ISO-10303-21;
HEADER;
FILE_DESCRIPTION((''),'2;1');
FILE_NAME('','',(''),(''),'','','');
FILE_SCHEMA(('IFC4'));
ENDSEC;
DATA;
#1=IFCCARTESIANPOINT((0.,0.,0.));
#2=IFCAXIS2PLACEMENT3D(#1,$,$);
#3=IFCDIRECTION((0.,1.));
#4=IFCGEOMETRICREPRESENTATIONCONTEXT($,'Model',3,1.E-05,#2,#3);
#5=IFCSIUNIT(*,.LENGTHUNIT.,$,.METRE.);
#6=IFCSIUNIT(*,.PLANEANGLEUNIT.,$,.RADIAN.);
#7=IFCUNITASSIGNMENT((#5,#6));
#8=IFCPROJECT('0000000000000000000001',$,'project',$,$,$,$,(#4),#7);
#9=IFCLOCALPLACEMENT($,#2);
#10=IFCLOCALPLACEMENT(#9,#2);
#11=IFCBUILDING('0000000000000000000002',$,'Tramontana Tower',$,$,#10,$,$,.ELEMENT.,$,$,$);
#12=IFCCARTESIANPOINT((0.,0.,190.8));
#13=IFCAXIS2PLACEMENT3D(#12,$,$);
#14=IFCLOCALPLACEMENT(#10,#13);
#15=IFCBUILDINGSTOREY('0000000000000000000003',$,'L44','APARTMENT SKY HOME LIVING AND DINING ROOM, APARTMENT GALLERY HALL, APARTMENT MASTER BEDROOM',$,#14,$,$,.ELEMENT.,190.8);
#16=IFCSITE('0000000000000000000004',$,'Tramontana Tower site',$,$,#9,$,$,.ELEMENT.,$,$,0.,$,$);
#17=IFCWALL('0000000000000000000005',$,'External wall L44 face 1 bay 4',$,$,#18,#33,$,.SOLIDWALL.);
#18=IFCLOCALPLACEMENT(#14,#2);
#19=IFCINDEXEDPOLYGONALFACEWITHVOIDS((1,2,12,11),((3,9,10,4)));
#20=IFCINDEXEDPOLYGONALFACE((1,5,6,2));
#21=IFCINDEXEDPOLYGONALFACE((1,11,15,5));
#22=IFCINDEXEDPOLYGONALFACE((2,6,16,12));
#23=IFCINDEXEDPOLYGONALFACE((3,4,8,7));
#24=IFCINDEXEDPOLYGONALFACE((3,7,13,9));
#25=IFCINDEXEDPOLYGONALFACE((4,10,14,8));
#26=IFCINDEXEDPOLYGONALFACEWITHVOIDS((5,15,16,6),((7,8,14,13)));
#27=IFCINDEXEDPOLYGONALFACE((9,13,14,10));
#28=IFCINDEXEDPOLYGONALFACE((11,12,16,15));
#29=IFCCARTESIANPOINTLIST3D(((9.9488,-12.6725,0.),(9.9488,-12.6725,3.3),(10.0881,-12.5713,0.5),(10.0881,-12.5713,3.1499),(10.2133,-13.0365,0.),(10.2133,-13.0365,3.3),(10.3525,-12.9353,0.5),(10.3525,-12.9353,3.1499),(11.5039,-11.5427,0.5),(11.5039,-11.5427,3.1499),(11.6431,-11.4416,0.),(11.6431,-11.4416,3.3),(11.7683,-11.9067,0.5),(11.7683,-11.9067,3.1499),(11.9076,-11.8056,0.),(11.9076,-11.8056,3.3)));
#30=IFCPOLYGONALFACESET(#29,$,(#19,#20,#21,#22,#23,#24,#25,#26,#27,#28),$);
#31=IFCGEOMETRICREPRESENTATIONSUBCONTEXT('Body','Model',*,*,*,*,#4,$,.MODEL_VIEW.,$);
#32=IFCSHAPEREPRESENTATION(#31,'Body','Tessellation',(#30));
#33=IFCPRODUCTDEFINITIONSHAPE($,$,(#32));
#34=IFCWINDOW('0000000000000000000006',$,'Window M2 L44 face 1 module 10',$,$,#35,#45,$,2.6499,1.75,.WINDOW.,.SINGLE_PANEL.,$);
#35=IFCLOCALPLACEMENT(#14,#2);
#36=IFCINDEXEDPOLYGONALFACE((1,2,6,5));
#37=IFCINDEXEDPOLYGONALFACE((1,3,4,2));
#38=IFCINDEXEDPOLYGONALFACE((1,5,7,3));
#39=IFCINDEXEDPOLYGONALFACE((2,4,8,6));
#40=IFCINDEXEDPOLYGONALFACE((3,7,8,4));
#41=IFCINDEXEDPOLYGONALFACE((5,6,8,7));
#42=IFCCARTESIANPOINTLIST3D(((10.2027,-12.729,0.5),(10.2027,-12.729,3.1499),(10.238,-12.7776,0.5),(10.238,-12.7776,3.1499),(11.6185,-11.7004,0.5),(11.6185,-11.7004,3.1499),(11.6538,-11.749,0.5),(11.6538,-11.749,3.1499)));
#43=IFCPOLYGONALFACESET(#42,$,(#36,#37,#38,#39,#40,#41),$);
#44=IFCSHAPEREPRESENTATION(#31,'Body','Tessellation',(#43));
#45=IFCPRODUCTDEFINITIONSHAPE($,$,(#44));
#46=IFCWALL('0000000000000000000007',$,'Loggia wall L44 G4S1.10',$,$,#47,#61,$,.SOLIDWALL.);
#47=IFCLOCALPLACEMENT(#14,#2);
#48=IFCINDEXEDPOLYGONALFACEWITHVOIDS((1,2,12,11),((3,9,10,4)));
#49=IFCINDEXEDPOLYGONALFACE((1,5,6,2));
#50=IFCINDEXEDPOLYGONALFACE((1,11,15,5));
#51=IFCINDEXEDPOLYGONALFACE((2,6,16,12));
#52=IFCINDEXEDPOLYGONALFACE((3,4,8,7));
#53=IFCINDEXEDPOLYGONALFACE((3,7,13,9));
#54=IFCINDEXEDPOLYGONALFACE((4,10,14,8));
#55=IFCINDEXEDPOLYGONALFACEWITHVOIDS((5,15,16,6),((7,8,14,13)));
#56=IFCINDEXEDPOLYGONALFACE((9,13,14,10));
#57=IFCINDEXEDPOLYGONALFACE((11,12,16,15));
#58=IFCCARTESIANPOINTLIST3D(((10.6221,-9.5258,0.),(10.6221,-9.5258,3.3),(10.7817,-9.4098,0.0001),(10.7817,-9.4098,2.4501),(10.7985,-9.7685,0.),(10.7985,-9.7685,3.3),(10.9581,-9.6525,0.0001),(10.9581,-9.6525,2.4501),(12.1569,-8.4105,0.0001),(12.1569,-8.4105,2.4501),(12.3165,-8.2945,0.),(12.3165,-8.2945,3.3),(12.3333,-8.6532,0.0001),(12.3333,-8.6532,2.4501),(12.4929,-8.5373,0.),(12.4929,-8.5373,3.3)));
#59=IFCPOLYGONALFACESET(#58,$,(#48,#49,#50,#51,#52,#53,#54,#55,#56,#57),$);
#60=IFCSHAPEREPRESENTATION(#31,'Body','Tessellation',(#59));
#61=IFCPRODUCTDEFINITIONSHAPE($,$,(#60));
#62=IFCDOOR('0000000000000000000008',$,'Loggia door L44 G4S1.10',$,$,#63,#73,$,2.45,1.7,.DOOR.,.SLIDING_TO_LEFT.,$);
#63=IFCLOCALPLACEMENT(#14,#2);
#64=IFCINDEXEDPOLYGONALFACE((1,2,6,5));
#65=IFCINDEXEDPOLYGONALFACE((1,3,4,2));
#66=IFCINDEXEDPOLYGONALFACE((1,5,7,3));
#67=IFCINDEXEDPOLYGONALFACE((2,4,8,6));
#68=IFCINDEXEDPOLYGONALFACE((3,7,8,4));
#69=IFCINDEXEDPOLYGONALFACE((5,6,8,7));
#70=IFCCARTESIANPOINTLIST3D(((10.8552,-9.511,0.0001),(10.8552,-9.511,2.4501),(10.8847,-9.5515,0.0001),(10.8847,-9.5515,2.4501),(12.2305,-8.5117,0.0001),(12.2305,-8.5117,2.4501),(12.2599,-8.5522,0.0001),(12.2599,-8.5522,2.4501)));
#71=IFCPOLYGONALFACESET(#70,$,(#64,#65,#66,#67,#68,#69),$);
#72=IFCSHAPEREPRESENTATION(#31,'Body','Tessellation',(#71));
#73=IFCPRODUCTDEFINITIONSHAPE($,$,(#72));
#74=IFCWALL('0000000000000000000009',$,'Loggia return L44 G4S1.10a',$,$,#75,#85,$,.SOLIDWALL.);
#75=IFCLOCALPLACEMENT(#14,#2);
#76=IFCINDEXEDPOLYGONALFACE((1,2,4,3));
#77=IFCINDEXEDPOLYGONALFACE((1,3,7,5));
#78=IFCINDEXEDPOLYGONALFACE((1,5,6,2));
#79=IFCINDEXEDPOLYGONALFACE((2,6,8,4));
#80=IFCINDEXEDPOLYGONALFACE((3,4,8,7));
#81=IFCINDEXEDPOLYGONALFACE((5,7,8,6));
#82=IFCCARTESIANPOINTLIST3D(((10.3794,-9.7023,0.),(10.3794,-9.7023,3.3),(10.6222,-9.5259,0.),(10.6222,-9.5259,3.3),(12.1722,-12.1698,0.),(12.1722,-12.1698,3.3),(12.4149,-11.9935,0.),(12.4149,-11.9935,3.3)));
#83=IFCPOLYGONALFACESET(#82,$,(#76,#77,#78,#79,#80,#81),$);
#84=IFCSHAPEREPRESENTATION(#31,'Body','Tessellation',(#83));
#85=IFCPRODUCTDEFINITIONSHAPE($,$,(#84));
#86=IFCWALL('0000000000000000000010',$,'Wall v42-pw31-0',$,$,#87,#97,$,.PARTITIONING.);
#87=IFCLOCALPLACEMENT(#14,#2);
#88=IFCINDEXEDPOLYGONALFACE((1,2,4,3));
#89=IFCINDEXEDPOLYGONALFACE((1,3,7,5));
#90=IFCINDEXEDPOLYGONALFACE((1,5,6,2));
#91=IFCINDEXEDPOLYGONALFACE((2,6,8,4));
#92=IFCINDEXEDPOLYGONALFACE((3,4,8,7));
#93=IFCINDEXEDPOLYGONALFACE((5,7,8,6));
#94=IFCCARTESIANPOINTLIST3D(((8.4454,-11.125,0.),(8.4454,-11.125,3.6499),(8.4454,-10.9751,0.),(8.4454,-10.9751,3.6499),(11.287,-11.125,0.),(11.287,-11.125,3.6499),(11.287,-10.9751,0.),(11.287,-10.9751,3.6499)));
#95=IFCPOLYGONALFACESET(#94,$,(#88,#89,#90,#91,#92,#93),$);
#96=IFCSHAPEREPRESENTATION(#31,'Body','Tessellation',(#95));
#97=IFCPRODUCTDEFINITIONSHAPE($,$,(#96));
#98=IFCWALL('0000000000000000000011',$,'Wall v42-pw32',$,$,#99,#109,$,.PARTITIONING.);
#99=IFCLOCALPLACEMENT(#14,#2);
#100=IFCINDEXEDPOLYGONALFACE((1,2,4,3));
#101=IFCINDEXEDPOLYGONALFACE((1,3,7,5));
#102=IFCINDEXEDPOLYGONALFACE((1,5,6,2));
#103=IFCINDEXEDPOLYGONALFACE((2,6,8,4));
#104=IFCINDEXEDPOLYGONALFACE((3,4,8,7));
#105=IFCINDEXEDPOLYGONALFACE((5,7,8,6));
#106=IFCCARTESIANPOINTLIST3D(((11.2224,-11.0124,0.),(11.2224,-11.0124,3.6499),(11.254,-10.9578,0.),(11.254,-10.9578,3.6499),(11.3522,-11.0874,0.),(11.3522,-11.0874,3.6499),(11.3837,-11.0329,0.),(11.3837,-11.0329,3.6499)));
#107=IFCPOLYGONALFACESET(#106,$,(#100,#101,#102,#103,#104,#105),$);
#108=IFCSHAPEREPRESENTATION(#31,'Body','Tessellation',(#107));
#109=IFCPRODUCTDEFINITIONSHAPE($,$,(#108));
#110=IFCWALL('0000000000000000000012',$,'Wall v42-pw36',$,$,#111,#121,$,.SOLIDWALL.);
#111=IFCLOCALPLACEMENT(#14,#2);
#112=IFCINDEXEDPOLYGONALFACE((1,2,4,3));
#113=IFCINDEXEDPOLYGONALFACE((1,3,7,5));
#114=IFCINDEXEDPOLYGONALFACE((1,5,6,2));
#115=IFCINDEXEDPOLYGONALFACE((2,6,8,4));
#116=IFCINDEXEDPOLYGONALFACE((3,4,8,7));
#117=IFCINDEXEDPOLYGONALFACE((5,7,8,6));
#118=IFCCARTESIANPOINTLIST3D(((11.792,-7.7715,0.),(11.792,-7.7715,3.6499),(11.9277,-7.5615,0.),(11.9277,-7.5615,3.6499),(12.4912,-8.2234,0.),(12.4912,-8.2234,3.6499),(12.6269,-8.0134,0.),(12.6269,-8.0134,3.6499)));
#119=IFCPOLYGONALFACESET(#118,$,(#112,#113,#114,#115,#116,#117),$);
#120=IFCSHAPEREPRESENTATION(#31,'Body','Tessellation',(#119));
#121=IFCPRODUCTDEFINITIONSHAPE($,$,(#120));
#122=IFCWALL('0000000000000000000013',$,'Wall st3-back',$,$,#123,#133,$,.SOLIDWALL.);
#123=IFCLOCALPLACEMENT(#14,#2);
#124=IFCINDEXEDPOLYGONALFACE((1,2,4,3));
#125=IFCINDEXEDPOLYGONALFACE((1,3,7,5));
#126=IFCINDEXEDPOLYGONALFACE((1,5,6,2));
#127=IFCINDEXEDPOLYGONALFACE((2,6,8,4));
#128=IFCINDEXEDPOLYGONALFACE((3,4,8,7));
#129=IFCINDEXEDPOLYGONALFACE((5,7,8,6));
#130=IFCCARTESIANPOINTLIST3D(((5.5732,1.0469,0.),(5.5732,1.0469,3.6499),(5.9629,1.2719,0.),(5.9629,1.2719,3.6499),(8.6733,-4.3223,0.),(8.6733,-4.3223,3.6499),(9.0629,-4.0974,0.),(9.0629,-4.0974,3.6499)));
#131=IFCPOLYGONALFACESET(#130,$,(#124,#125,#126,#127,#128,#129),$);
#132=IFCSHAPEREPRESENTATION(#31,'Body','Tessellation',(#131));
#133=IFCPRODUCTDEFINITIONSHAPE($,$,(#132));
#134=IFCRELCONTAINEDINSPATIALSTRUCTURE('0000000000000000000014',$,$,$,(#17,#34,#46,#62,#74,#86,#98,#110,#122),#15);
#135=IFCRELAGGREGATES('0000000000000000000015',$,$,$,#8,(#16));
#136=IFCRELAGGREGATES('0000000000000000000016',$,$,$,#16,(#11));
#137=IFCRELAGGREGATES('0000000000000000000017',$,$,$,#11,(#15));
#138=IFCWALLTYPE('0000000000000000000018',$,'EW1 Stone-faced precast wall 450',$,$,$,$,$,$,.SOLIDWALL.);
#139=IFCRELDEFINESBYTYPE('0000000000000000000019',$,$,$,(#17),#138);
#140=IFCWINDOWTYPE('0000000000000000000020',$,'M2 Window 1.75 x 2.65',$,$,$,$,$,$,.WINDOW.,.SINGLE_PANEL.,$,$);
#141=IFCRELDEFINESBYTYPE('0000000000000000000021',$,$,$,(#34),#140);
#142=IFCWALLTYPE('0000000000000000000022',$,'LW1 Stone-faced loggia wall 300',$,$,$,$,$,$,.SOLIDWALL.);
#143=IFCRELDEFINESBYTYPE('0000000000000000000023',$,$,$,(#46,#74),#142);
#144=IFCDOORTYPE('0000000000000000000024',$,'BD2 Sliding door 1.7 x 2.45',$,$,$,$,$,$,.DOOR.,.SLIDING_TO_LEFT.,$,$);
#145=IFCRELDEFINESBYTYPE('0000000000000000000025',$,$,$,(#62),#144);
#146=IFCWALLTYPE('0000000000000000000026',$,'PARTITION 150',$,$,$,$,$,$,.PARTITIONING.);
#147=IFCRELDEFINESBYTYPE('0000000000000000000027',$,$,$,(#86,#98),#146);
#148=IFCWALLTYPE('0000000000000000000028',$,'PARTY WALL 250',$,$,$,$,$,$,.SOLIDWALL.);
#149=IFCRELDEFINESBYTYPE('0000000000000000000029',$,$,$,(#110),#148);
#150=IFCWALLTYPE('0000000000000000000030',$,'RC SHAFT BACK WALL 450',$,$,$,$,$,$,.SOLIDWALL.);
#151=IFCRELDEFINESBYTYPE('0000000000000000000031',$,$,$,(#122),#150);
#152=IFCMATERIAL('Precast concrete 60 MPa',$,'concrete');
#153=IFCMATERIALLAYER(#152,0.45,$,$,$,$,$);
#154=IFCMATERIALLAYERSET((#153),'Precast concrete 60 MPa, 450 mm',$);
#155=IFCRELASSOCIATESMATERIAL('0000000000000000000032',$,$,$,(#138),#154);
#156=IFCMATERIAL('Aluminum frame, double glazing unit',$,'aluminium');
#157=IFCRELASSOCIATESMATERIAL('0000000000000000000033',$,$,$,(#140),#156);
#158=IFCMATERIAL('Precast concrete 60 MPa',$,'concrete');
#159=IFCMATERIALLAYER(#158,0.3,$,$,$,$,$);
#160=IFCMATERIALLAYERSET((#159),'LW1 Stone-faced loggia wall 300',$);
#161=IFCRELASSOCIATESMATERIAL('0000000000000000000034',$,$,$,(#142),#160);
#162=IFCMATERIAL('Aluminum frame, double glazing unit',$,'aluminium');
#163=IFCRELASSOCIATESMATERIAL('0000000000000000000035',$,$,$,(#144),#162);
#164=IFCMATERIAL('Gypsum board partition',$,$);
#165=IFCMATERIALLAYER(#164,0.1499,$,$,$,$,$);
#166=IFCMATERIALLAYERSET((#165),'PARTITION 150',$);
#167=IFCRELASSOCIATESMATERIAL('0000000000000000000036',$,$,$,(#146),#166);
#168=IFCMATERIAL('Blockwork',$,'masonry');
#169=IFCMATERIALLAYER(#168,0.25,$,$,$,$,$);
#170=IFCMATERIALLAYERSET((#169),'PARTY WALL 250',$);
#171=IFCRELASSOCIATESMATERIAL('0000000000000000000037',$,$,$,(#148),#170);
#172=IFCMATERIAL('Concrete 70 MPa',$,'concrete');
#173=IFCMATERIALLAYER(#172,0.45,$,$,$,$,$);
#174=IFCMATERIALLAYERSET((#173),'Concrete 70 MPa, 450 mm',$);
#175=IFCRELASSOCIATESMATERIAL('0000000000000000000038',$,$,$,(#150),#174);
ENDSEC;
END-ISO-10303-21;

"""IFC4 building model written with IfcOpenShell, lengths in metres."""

from ifc_helpers import new_model, si_unit, direction, frame, frame_2d, origin, place, context, subcontext, project, spatial, rectangle, extrude, material, layer, layer_set, type_object, element, fill, save


model = new_model("IFC4")

# Units and contexts
model_context = context("Model", 3, precision=1e-05, world=origin(), true_north=direction((0.0, 1.0)))
body_context = subcontext(model_context, "Body", "Model", "MODEL_VIEW")
ifc_project = project(units=[si_unit("LENGTHUNIT", "METRE"), si_unit("PLANEANGLEUNIT", "RADIAN")], contexts=[model_context])

# Site, building, storey
site_placement = place(None, origin())
site = spatial("IfcSite", under=ifc_project, at=site_placement, Name="Tramontana Tower site", CompositionType="ELEMENT", RefElevation=0.0)
building_placement = place(site_placement, origin())
building = spatial("IfcBuilding", under=site, at=building_placement, Name="Tramontana Tower", CompositionType="ELEMENT")
storey_placement = place(building_placement, frame((0.0, 0.0, 190.8)))
storey = spatial("IfcBuildingStorey", under=building, at=storey_placement, Name="L44", Description="APARTMENT SKY HOME LIVING AND DINING ROOM, APARTMENT GALLERY HALL, APARTMENT MASTER BEDROOM", CompositionType="ELEMENT", Elevation=190.8)

# Wall, opening, window
ifc_material_1 = material(Name="Precast concrete 60 MPa", Category="concrete")
ifc_layer_1 = layer(ifc_material_1, 0.45)
ifc_layer_set_1 = layer_set([ifc_layer_1], Name="Precast concrete 60 MPa, 450 mm")
wall_type_1 = type_object("IfcWallType", Name="EW1 Stone-faced precast wall 450", PredefinedType="SOLIDWALL", material=ifc_layer_set_1)
wall_1_placement = place(storey_placement, frame((10.0811, -12.8545, 0.0), z_axis=(0.0, 0.0, 1.0), x_axis=(0.809028, 0.58777, 0.0)))
wall_1 = element("IfcWall", 1, at=wall_1_placement, inside=storey, type_object=wall_type_1, Name="External wall L44 face 1 bay 4", PredefinedType="SOLIDWALL", context=body_context, shape_type="SweptSolid", body=[
    extrude(rectangle(XDim=2.0942, YDim=0.45, at=frame_2d((1.0471, 0.0))), origin(), (0.0, 0.0, 1.0), 3.3),
])
opening_1_placement = place(wall_1_placement, frame((0.1721, 0.0, 0.5)))
opening_1 = element("IfcOpeningElement", 2, at=opening_1_placement, cuts=wall_1, PredefinedType="OPENING", context=body_context, shape_type="SweptSolid", body=[
    extrude(rectangle(XDim=1.75, YDim=2.6499, at=frame_2d((0.875, 1.325))), frame((0.0, 0.2349, 0.0), z_axis=(0.0, -1.0, 0.0), x_axis=(1.0, 0.0, 0.0)), (0.0, 0.0, 1.0), 0.47),
])
ifc_material_2 = material(Name="Aluminum frame, double glazing unit", Category="aluminium")
window_type = type_object("IfcWindowType", Name="M2 Window 1.75 x 2.65", PartitioningType="SINGLE_PANEL", PredefinedType="WINDOW", material=ifc_material_2)
window_placement = place(opening_1_placement, origin())
window = element("IfcWindow", 3, at=window_placement, inside=storey, type_object=window_type, Name="Window M2 L44 face 1 module 10", OverallHeight=2.6499, OverallWidth=1.75, PartitioningType="SINGLE_PANEL", PredefinedType="WINDOW", context=body_context, shape_type="SweptSolid", body=[
    extrude(rectangle(XDim=1.75, YDim=2.6499, at=frame_2d((0.875, 1.325))), frame((0.0, 0.03, 0.0), z_axis=(0.0, -1.0, 0.0), x_axis=(1.0, 0.0, 0.0)), (0.0, 0.0, 1.0), 0.0601),
])
fill(opening_1, window)

# Wall, opening, door
ifc_material_3 = material(Name="Precast concrete 60 MPa", Category="concrete")
ifc_layer_2 = layer(ifc_material_3, 0.3)
ifc_layer_set_2 = layer_set([ifc_layer_2], Name="LW1 Stone-faced loggia wall 300")
wall_type_2 = type_object("IfcWallType", Name="LW1 Stone-faced loggia wall 300", PredefinedType="SOLIDWALL", material=ifc_layer_set_2)
wall_2_placement = place(storey_placement, frame((10.7102, -9.6472, 0.0), z_axis=(0.0, 0.0, 1.0), x_axis=(0.808973, 0.587846, 0.0)))
wall_2 = element("IfcWall", 4, at=wall_2_placement, inside=storey, type_object=wall_type_2, Name="Loggia wall L44 G4S1.10", PredefinedType="SOLIDWALL", context=body_context, shape_type="SweptSolid", body=[
    extrude(rectangle(XDim=2.0945, YDim=0.3, at=frame_2d((1.0474, 0.0))), origin(), (0.0, 0.0, 1.0), 3.3),
])
opening_2_placement = place(wall_2_placement, frame((0.1973, 0.0, 0.0)))
opening_2 = element("IfcOpeningElement", 5, at=opening_2_placement, cuts=wall_2, PredefinedType="OPENING", context=body_context, shape_type="SweptSolid", body=[
    extrude(rectangle(XDim=1.7, YDim=2.45, at=frame_2d((0.8501, 1.2251))), frame((0.0, 0.1599, 0.0), z_axis=(0.0, -1.0, 0.0), x_axis=(1.0, 0.0, 0.0)), (0.0, 0.0, 1.0), 0.3201),
])
ifc_material_4 = material(Name="Aluminum frame, double glazing unit", Category="aluminium")
door_type_1 = type_object("IfcDoorType", Name="BD2 Sliding door 1.7 x 2.45", OperationType="SLIDING_TO_LEFT", PredefinedType="DOOR", material=ifc_material_4)
door_1_placement = place(opening_2_placement, origin())
door_1 = element("IfcDoor", 6, at=door_1_placement, inside=storey, type_object=door_type_1, Name="Loggia door L44 G4S1.10", OperationType="SLIDING_TO_LEFT", OverallHeight=2.45, OverallWidth=1.7, PredefinedType="DOOR", context=body_context, shape_type="SweptSolid", body=[
    extrude(rectangle(XDim=1.7, YDim=2.45, at=frame_2d((0.8501, 1.2251))), frame((0.0, 0.0249, 0.0), z_axis=(0.0, -1.0, 0.0), x_axis=(1.0, 0.0, 0.0)), (0.0, 0.0, 1.0), 0.05),
])
fill(opening_2, door_1)

# Walls
wall_3_placement = place(storey_placement, frame((12.2935, -12.0815, 0.0), z_axis=(0.0, 0.0, 1.0), x_axis=(-0.587777, 0.809023, 0.0)))
element("IfcWall", 7, at=wall_3_placement, inside=storey, type_object=wall_type_2, Name="Loggia return L44 G4S1.10a", PredefinedType="SOLIDWALL", context=body_context, shape_type="SweptSolid", body=[
    extrude(rectangle(XDim=3.05, YDim=0.3, at=frame_2d((1.5249, 0.0))), origin(), (0.0, 0.0, 1.0), 3.3),
])
ifc_material_5 = material(Name="Gypsum board partition")
ifc_layer_3 = layer(ifc_material_5, 0.1499)
ifc_layer_set_3 = layer_set([ifc_layer_3], Name="PARTITION 150")
wall_type_3 = type_object("IfcWallType", Name="PARTITION 150", PredefinedType="PARTITIONING", material=ifc_layer_set_3)
wall_4_placement = place(storey_placement, frame((11.2871, -11.05, 0.0), z_axis=(0.0, 0.0, 1.0), x_axis=(-1.0, 0.0, 0.0)))
element("IfcWall", 8, at=wall_4_placement, inside=storey, type_object=wall_type_3, Name="Wall v42-pw31-0", PredefinedType="PARTITIONING", context=body_context, shape_type="SweptSolid", body=[
    extrude(rectangle(XDim=2.8416, YDim=0.1499, at=frame_2d((1.4209, 0.0))), origin(), (0.0, 0.0, 1.0), 3.6499),
])

# Wall
wall_5_placement = place(storey_placement, frame((11.3188, -10.9954, 0.0), z_axis=(0.0, 0.0, 1.0), x_axis=(-0.50073, -0.865603, 0.0)))
element("IfcWall", 9, at=wall_5_placement, inside=storey, type_object=wall_type_3, Name="Wall v42-pw32", PredefinedType="PARTITIONING", context=body_context, shape_type="SweptSolid", body=[
    extrude(rectangle(XDim=0.063, YDim=0.1499, at=frame_2d((0.0315, 0.0))), origin(), (0.0, 0.0, 1.0), 3.6499),
])

# Walls
ifc_material_6 = material(Name="Blockwork", Category="masonry")
ifc_layer_4 = layer(ifc_material_6, 0.25)
ifc_layer_set_4 = layer_set([ifc_layer_4], Name="PARTY WALL 250")
wall_type_4 = type_object("IfcWallType", Name="PARTY WALL 250", PredefinedType="SOLIDWALL", material=ifc_layer_set_4)
wall_6_placement = place(storey_placement, frame((11.8599, -7.6665, 0.0), z_axis=(0.0, 0.0, 1.0), x_axis=(0.839861, -0.542801, 0.0)))
element("IfcWall", 10, at=wall_6_placement, inside=storey, type_object=wall_type_4, Name="Wall v42-pw36", PredefinedType="SOLIDWALL", context=body_context, shape_type="SweptSolid", body=[
    extrude(rectangle(XDim=0.8325, YDim=0.25, at=frame_2d((0.4163, 0.0))), origin(), (0.0, 0.0, 1.0), 3.6499),
])
ifc_material_7 = material(Name="Concrete 70 MPa", Category="concrete")
ifc_layer_5 = layer(ifc_material_7, 0.45)
ifc_layer_set_5 = layer_set([ifc_layer_5], Name="Concrete 70 MPa, 450 mm")
wall_type_5 = type_object("IfcWallType", Name="RC SHAFT BACK WALL 450", PredefinedType="SOLIDWALL", material=ifc_layer_set_5)
wall_7_placement = place(storey_placement, frame((8.8682, -4.21, 0.0), z_axis=(0.0, 0.0, 1.0), x_axis=(-0.50001, 0.86602, 0.0)))
element("IfcWall", 11, at=wall_7_placement, inside=storey, type_object=wall_type_5, Name="Wall st3-back", PredefinedType="SOLIDWALL", context=body_context, shape_type="SweptSolid", body=[
    extrude(rectangle(XDim=6.2, YDim=0.45, at=frame_2d((3.1001, 0.0))), origin(), (0.0, 0.0, 1.0), 3.6499),
])

save(model, "model.ifc")
